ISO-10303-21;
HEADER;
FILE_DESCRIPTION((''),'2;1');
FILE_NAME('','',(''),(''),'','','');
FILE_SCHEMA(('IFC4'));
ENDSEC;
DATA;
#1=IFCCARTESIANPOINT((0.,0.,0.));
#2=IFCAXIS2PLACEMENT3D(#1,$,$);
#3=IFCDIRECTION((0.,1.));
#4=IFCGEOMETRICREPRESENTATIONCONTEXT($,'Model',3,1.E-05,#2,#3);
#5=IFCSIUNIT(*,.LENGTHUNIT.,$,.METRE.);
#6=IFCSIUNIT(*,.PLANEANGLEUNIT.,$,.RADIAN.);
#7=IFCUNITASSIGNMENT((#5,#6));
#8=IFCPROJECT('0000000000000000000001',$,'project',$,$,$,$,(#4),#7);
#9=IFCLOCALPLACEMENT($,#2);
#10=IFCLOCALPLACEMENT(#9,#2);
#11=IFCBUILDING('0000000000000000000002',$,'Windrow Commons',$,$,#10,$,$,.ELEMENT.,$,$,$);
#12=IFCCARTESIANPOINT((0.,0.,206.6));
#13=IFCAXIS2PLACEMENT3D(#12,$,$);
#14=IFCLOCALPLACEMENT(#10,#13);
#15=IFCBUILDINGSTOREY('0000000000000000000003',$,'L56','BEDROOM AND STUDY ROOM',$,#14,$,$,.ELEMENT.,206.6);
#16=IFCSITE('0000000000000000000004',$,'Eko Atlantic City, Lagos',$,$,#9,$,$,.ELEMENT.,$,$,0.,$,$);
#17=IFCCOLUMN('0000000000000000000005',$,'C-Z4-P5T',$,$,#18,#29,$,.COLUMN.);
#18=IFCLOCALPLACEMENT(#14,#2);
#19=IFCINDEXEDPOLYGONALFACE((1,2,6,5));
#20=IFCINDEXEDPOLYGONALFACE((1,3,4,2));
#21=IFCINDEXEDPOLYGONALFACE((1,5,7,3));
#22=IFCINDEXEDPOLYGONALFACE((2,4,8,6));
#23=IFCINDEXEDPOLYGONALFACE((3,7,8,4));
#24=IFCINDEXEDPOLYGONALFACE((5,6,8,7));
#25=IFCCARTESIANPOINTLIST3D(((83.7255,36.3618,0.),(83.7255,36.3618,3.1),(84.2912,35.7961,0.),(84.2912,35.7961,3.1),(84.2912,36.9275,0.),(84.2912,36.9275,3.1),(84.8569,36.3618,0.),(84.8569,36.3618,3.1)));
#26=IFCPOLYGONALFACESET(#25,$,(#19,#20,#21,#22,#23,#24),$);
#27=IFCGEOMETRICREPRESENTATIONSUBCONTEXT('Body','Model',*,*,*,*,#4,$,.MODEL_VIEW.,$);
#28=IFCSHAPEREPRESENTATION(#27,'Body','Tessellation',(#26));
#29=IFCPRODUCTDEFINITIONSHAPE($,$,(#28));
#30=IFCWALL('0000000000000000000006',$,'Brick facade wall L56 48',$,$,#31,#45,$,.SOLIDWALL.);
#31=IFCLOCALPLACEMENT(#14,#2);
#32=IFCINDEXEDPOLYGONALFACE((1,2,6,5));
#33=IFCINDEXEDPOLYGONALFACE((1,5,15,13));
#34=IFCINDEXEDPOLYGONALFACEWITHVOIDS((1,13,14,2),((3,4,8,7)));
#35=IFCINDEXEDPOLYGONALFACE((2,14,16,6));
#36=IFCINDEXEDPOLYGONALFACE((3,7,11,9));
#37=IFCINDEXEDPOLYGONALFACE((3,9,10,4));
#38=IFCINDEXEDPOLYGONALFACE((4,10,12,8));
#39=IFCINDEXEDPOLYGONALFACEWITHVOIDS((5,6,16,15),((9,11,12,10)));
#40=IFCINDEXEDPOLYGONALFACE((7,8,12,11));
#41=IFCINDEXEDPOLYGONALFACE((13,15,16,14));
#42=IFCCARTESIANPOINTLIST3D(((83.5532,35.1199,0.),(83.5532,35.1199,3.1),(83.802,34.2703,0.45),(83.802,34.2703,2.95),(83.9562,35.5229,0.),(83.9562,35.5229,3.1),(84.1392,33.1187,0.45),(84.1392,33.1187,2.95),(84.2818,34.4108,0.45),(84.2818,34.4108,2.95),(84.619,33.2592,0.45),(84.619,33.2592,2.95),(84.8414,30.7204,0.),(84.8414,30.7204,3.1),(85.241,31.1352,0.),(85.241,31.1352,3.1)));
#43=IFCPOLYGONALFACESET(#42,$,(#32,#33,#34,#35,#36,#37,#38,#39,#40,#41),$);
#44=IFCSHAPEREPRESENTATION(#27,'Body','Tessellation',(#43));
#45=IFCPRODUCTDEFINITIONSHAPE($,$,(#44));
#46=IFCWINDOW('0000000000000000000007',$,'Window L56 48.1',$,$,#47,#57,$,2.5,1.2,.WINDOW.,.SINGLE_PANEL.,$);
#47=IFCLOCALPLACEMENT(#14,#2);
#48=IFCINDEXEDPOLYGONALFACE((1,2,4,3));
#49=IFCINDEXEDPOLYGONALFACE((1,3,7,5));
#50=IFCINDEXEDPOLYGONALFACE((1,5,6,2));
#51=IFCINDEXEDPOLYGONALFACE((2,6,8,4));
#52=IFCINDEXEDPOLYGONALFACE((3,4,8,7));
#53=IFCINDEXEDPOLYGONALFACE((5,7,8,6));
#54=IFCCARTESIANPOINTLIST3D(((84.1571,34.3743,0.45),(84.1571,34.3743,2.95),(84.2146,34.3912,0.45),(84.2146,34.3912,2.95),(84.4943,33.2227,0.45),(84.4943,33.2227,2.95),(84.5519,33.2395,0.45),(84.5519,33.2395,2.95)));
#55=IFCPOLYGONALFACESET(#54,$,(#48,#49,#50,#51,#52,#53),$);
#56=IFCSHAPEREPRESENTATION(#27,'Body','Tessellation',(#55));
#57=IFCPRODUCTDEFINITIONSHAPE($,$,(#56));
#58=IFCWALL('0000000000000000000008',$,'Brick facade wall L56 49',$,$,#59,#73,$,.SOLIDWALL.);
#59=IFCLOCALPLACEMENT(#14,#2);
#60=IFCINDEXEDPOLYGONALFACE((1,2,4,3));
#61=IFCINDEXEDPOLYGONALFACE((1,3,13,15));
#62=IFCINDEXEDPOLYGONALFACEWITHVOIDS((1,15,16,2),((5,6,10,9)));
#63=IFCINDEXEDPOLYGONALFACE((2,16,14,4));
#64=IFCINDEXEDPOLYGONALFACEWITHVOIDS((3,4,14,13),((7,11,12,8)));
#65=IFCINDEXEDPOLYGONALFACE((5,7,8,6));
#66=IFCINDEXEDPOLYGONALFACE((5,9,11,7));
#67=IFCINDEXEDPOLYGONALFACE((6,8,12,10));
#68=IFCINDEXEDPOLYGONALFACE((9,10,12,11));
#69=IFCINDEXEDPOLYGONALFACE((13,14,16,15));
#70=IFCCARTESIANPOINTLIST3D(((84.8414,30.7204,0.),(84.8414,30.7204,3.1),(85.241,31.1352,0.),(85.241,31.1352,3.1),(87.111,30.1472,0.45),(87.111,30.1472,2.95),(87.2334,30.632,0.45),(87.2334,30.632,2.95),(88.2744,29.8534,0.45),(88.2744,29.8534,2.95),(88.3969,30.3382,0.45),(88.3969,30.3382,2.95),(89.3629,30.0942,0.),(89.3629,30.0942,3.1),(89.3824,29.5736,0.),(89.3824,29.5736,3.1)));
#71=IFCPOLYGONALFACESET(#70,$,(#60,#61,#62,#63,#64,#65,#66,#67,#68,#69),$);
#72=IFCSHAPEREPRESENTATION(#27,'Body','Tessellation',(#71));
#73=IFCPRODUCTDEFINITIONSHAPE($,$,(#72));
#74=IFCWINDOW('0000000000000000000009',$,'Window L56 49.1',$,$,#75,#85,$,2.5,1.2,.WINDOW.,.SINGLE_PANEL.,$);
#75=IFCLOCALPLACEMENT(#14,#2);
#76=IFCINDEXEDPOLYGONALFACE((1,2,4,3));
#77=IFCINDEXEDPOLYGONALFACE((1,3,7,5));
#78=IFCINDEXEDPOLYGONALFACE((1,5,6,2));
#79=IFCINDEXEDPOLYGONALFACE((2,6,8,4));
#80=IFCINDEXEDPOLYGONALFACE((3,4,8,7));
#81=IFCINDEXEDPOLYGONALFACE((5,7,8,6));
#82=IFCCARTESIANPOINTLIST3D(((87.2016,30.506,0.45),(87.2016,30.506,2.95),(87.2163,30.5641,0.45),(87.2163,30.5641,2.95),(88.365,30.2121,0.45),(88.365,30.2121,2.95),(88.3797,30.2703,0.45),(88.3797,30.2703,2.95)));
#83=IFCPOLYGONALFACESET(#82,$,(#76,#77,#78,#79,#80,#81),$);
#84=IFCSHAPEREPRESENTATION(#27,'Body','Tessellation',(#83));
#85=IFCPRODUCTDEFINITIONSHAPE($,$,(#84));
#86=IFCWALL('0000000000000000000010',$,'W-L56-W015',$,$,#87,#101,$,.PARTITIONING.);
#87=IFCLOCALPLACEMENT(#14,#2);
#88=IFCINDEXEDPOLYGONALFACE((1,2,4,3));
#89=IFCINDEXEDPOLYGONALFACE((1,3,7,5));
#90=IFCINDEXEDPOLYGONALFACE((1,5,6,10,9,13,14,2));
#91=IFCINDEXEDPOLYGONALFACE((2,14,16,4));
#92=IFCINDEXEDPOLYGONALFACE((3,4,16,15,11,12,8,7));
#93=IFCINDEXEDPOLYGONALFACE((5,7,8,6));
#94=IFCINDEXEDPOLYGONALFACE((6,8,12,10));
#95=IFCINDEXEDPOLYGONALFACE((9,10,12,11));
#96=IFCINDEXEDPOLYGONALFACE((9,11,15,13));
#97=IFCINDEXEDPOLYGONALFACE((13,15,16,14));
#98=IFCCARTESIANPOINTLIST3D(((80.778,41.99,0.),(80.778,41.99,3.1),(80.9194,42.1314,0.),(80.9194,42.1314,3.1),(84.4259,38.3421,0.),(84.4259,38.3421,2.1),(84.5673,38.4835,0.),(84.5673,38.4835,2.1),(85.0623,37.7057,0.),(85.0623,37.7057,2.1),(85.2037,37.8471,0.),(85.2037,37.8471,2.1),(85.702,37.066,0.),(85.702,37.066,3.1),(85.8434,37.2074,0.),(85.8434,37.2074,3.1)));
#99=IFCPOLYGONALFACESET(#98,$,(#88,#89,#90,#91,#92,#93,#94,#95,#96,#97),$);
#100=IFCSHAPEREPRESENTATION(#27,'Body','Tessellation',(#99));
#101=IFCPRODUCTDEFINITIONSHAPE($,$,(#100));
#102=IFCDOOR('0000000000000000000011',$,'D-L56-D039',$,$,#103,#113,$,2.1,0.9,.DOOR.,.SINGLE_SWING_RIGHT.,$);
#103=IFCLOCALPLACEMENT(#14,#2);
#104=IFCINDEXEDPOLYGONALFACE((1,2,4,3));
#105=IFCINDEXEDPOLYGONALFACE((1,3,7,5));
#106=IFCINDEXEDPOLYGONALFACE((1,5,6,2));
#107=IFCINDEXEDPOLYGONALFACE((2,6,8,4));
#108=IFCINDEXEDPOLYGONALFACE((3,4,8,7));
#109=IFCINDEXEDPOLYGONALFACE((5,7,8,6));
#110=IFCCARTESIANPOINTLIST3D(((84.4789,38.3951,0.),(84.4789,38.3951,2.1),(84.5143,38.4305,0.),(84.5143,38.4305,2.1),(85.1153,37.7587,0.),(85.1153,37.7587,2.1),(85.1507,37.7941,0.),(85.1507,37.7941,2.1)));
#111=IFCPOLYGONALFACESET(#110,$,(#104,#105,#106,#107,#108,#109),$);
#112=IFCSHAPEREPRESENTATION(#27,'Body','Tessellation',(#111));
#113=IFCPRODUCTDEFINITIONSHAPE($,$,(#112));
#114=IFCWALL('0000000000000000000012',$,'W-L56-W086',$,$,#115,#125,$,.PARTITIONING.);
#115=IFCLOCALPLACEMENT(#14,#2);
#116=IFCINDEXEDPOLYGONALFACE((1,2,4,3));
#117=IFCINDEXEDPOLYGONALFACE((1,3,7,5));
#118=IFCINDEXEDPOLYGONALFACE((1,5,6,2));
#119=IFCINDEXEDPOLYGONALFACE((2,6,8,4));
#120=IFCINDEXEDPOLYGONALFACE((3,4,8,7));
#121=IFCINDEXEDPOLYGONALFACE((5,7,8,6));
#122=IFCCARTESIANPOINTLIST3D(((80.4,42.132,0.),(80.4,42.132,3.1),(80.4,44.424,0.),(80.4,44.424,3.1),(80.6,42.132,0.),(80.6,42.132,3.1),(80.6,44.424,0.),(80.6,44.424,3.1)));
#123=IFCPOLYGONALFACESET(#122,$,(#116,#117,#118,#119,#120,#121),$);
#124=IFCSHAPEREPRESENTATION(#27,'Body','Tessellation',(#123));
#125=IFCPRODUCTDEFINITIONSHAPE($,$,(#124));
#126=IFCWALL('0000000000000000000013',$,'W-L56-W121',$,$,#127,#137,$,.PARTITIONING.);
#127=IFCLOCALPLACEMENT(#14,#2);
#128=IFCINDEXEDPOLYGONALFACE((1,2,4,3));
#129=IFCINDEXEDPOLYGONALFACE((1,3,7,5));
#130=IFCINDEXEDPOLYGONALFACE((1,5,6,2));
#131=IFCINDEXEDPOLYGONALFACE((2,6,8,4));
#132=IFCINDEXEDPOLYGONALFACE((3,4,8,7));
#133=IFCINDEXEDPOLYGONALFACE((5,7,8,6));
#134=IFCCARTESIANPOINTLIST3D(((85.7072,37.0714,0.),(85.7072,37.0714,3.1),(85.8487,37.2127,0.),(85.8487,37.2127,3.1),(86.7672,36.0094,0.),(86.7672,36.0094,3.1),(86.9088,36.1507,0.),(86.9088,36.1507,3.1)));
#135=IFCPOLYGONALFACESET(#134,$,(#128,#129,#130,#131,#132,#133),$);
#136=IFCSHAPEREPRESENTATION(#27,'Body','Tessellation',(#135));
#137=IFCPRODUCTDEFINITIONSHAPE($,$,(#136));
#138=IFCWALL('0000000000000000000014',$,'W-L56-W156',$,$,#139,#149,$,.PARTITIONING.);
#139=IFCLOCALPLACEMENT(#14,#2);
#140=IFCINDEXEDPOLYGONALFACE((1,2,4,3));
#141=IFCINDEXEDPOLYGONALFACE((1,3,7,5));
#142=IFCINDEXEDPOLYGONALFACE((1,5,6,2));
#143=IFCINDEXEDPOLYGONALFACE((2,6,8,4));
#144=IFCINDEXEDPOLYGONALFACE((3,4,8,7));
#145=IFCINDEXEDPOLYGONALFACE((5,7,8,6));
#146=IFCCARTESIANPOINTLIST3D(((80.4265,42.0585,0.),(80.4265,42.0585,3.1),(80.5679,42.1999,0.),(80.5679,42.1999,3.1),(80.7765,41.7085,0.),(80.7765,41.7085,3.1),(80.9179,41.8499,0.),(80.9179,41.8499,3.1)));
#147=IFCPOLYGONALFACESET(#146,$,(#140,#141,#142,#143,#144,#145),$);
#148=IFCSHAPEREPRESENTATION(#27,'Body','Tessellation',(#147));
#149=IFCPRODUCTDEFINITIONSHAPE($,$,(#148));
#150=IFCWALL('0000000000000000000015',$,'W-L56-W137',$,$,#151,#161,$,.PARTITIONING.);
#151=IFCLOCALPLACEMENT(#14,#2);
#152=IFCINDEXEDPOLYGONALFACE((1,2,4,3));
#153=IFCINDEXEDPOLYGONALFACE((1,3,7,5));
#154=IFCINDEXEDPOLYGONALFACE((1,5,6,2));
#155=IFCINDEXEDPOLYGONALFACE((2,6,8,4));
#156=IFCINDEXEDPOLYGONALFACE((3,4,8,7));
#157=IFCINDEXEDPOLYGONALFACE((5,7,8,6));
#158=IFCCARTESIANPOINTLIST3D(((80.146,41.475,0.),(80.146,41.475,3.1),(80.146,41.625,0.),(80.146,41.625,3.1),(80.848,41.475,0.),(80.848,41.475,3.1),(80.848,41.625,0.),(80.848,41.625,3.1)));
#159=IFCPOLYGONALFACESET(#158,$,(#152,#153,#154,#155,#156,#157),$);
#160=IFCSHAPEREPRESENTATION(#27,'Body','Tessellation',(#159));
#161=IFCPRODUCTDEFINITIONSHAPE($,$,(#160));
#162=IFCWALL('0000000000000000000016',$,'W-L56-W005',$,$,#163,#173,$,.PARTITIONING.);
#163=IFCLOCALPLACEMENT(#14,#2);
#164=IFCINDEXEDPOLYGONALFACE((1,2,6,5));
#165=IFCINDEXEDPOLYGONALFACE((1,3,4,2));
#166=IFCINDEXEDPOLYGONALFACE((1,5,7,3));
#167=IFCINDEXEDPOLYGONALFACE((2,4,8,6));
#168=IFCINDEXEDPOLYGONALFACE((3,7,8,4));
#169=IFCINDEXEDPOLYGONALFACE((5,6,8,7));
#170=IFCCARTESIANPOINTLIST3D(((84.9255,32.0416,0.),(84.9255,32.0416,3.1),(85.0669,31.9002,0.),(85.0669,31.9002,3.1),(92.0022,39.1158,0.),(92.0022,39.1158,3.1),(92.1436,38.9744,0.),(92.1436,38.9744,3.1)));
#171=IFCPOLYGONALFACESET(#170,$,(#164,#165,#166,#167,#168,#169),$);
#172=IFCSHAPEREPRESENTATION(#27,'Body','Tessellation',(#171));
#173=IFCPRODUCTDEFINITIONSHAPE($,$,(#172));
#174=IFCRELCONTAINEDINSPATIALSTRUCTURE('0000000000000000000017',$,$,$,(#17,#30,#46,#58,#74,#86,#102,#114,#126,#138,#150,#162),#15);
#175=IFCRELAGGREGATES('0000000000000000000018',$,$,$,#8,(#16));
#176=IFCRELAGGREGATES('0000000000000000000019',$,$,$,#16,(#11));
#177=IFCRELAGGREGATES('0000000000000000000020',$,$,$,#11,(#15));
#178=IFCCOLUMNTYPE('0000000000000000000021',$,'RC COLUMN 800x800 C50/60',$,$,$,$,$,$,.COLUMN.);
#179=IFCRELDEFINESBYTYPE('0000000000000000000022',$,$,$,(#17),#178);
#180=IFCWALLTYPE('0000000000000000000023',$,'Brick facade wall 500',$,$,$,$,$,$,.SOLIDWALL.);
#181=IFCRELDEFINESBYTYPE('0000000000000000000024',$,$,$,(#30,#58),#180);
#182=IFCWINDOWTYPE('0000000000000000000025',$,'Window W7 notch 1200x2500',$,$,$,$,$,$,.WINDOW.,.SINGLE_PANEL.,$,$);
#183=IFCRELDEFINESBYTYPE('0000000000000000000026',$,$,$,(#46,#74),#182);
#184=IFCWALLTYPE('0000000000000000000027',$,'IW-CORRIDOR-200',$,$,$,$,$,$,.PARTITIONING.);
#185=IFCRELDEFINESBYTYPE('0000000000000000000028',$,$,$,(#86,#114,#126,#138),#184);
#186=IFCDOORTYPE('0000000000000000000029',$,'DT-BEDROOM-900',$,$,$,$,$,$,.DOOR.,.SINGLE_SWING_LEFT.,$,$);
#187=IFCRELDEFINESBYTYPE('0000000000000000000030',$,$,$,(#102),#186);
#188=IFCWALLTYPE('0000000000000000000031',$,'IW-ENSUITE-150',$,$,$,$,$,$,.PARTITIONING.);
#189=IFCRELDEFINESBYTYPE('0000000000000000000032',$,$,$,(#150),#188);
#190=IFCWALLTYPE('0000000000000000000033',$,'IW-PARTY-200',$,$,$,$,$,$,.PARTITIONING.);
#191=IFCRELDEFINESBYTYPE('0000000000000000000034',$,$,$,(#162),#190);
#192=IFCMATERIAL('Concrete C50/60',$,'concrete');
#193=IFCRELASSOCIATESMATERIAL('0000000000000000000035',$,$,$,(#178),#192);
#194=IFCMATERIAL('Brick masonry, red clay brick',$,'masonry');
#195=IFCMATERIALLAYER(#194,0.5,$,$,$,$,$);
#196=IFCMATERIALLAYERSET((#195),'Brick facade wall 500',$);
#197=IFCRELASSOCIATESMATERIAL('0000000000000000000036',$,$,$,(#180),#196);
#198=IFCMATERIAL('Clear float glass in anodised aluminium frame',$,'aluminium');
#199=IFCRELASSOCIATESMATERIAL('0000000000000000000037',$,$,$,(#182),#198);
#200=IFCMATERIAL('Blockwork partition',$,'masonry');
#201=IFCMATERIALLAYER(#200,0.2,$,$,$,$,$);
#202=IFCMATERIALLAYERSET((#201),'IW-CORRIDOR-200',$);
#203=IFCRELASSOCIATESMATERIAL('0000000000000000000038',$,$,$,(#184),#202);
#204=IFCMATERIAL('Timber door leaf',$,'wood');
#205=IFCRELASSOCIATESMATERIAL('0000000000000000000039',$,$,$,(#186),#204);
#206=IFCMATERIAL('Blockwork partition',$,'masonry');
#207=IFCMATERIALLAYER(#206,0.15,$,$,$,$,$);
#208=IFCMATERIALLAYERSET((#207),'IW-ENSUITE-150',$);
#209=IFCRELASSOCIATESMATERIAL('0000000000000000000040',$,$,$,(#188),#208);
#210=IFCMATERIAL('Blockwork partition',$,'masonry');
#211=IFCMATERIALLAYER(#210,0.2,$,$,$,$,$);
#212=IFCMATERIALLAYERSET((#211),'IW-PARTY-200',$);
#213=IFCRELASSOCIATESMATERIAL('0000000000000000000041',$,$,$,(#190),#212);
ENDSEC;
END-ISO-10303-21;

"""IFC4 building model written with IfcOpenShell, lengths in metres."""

from ifc_helpers import new_model, si_unit, direction, frame, frame_2d, origin, origin_2d, place, context, subcontext, project, spatial, polyline, rectangle, outline, extrude, material, layer, layer_set, material_profile, profile_set, type_object, element, fill, save


model = new_model("IFC4")

# Units and contexts
model_context = context("Model", 3, precision=1e-05, world=origin(), true_north=direction((0.0, 1.0)))
body_context = subcontext(model_context, "Body", "Model", "MODEL_VIEW")
ifc_project = project(units=[si_unit("LENGTHUNIT", "METRE"), si_unit("PLANEANGLEUNIT", "RADIAN")], contexts=[model_context])

# Site, building, storey
site_placement = place(None, origin())
site = spatial("IfcSite", under=ifc_project, at=site_placement, Name="Eko Atlantic City, Lagos", CompositionType="ELEMENT", RefElevation=0.0)
building_placement = place(site_placement, origin())
building = spatial("IfcBuilding", under=site, at=building_placement, Name="Windrow Commons", CompositionType="ELEMENT")
storey_placement = place(building_placement, frame((0.0, 0.0, 206.6)))
storey = spatial("IfcBuildingStorey", under=building, at=storey_placement, Name="L56", Description="BEDROOM AND STUDY ROOM", CompositionType="ELEMENT", Elevation=206.6)

# Column
ifc_material_1 = material(Name="Concrete C50/60", Category="concrete")
ifc_material_profile = material_profile(ifc_material_1, rectangle(XDim=0.8, YDim=0.8, at=origin_2d()))
ifc_profile_set = profile_set([ifc_material_profile], Name="Concrete C50/60")
column_type = type_object("IfcColumnType", Name="RC COLUMN 800x800 C50/60", PredefinedType="COLUMN", material=ifc_profile_set)
column_placement = place(storey_placement, frame((84.2912, 36.3618, 0.0), z_axis=(0.0, 0.0, 1.0), x_axis=(0.707107, -0.707107, 0.0)))
element("IfcColumn", 1, at=column_placement, inside=storey, type_object=column_type, Name="C-Z4-P5T", PredefinedType="COLUMN", context=body_context, shape_type="SweptSolid", body=[
    extrude(rectangle(XDim=0.8, YDim=0.8, at=origin_2d()), origin(), (0.0, 0.0, 1.0), 3.1),
])

# Walls, openings, windows
ifc_material_2 = material(Name="Brick masonry, red clay brick", Category="masonry")
ifc_layer_1 = layer(ifc_material_2, 0.5)
ifc_layer_set_1 = layer_set([ifc_layer_1], Name="Brick facade wall 500")
wall_type_1 = type_object("IfcWallType", Name="Brick facade wall 500", PredefinedType="SOLIDWALL", material=ifc_layer_set_1)
wall_1_placement = place(storey_placement, frame((83.7547, 35.3214, 0.0), z_axis=(0.0, 0.0, 1.0), x_axis=(0.281013, -0.959704, 0.0)))
wall_1 = element("IfcWall", 2, at=wall_1_placement, inside=storey, type_object=wall_type_1, Name="Brick facade wall L56 48", PredefinedType="SOLIDWALL", context=body_context, shape_type="SweptSolid", body=[
    extrude(outline(polyline([(0.1368, -0.25), (4.721, -0.25), (4.4352, 0.25), (-0.1368, 0.25), (0.1368, -0.25)])), origin(), (0.0, 0.0, 1.0), 3.1),
])
opening_1_placement = place(wall_1_placement, frame((1.022, 0.0, 0.45)))
opening_1 = element("IfcOpeningElement", 3, at=opening_1_placement, cuts=wall_1, PredefinedType="OPENING", context=body_context, shape_type="SweptSolid", body=[
    extrude(rectangle(XDim=1.2, YDim=2.5, at=frame_2d((0.6, 1.25))), frame((0.0, 0.26, 0.0), z_axis=(0.0, -1.0, 0.0), x_axis=(1.0, 0.0, 0.0)), (0.0, 0.0, 1.0), 0.52),
])
ifc_material_3 = material(Name="Clear float glass in anodised aluminium frame", Category="aluminium")
window_type = type_object("IfcWindowType", Name="Window W7 notch 1200x2500", PartitioningType="SINGLE_PANEL", PredefinedType="WINDOW", material=ifc_material_3)
window_1_placement = place(opening_1_placement, origin())
window_1 = element("IfcWindow", 4, at=window_1_placement, inside=storey, type_object=window_type, Name="Window L56 48.1", OverallHeight=2.5, OverallWidth=1.2, PartitioningType="SINGLE_PANEL", PredefinedType="WINDOW", context=body_context, shape_type="SweptSolid", body=[
    extrude(rectangle(XDim=1.2, YDim=2.5, at=frame_2d((0.6, 1.25))), frame((0.0, 0.18, 0.0), z_axis=(0.0, -1.0, 0.0), x_axis=(1.0, 0.0, 0.0)), (0.0, 0.0, 1.0), 0.06),
])
fill(opening_1, window_1)
wall_2_placement = place(storey_placement, frame((85.0412, 30.9278, 0.0), z_axis=(0.0, 0.0, 1.0), x_axis=(0.969558, -0.244863, 0.0)))
wall_2 = element("IfcWall", 5, at=wall_2_placement, inside=storey, type_object=wall_type_1, Name="Brick facade wall L56 49", PredefinedType="SOLIDWALL", context=body_context, shape_type="SweptSolid", body=[
    extrude(outline(polyline([(-0.1429, -0.25), (4.5406, -0.25), (4.3943, 0.25), (0.1429, 0.25), (-0.1429, -0.25)])), origin(), (0.0, 0.0, 1.0), 3.1),
])
opening_2_placement = place(wall_2_placement, frame((2.1979, 0.0, 0.45)))
opening_2 = element("IfcOpeningElement", 6, at=opening_2_placement, cuts=wall_2, PredefinedType="OPENING", context=body_context, shape_type="SweptSolid", body=[
    extrude(rectangle(XDim=1.2, YDim=2.5, at=frame_2d((0.6, 1.25))), frame((0.0, 0.26, 0.0), z_axis=(0.0, -1.0, 0.0), x_axis=(1.0, 0.0, 0.0)), (0.0, 0.0, 1.0), 0.52),
])
window_2_placement = place(opening_2_placement, origin())
window_2 = element("IfcWindow", 7, at=window_2_placement, inside=storey, type_object=window_type, Name="Window L56 49.1", OverallHeight=2.5, OverallWidth=1.2, PartitioningType="SINGLE_PANEL", PredefinedType="WINDOW", context=body_context, shape_type="SweptSolid", body=[
    extrude(rectangle(XDim=1.2, YDim=2.5, at=frame_2d((0.6, 1.25))), frame((0.0, 0.18, 0.0), z_axis=(0.0, -1.0, 0.0), x_axis=(1.0, 0.0, 0.0)), (0.0, 0.0, 1.0), 0.06),
])
fill(opening_2, window_2)

# Wall, opening, door
ifc_material_4 = material(Name="Blockwork partition", Category="masonry")
ifc_layer_2 = layer(ifc_material_4, 0.2)
ifc_layer_set_2 = layer_set([ifc_layer_2], Name="IW-CORRIDOR-200")
wall_type_2 = type_object("IfcWallType", Name="IW-CORRIDOR-200", PredefinedType="PARTITIONING", material=ifc_layer_set_2)
wall_3_placement = place(storey_placement, frame((80.8487, 42.0607, 0.0), z_axis=(0.0, 0.0, 1.0), x_axis=(0.707107, -0.707107, 0.0)))
wall_3 = element("IfcWall", 8, at=wall_3_placement, inside=storey, type_object=wall_type_2, Name="W-L56-W015", PredefinedType="PARTITIONING", context=body_context, shape_type="SweptSolid", body=[
    extrude(rectangle(XDim=6.9636, YDim=0.2, at=frame_2d((3.4818, 0.0))), origin(), (0.0, 0.0, 1.0), 3.1),
])
opening_3_placement = place(wall_3_placement, frame((5.1589, 0.0, 0.0)))
opening_3 = element("IfcOpeningElement", 9, at=opening_3_placement, cuts=wall_3, PredefinedType="OPENING", context=body_context, shape_type="SweptSolid", body=[
    extrude(rectangle(XDim=0.9, YDim=2.1, at=frame_2d((0.45, 1.05))), frame((0.0, 0.11, 0.0), z_axis=(0.0, -1.0, 0.0), x_axis=(1.0, 0.0, 0.0)), (0.0, 0.0, 1.0), 0.22),
])
ifc_material_5 = material(Name="Timber door leaf", Category="wood")
door_type = type_object("IfcDoorType", Name="DT-BEDROOM-900", OperationType="SINGLE_SWING_LEFT", PredefinedType="DOOR", material=ifc_material_5)
door_placement = place(opening_3_placement, origin())
door = element("IfcDoor", 10, at=door_placement, inside=storey, type_object=door_type, Name="D-L56-D039", OperationType="SINGLE_SWING_RIGHT", OverallHeight=2.1, OverallWidth=0.9, PredefinedType="DOOR", context=body_context, shape_type="SweptSolid", body=[
    extrude(rectangle(XDim=0.9, YDim=2.1, at=frame_2d((0.45, 1.05))), frame((0.0, 0.025, 0.0), z_axis=(0.0, -1.0, 0.0), x_axis=(1.0, 0.0, 0.0)), (0.0, 0.0, 1.0), 0.05),
])
fill(opening_3, door)

# Walls
wall_4_placement = place(storey_placement, frame((80.5, 42.132, 0.0), z_axis=(0.0, 0.0, 1.0), x_axis=(0.0, 1.0, 0.0)))
element("IfcWall", 11, at=wall_4_placement, inside=storey, type_object=wall_type_2, Name="W-L56-W086", PredefinedType="PARTITIONING", context=body_context, shape_type="SweptSolid", body=[
    extrude(rectangle(XDim=2.292, YDim=0.2, at=frame_2d((1.146, 0.0))), origin(), (0.0, 0.0, 1.0), 3.1),
])
wall_5_placement = place(storey_placement, frame((85.778, 37.142, 0.0), z_axis=(0.0, 0.0, 1.0), x_axis=(0.70644, -0.707773, 0.0)))
element("IfcWall", 12, at=wall_5_placement, inside=storey, type_object=wall_type_2, Name="W-L56-W121", PredefinedType="PARTITIONING", context=body_context, shape_type="SweptSolid", body=[
    extrude(rectangle(XDim=1.5005, YDim=0.2, at=frame_2d((0.7502, 0.0))), origin(), (0.0, 0.0, 1.0), 3.1),
])
wall_6_placement = place(storey_placement, frame((80.4972, 42.1292, 0.0), z_axis=(0.0, 0.0, 1.0), x_axis=(0.707107, -0.707107, 0.0)))
element("IfcWall", 13, at=wall_6_placement, inside=storey, type_object=wall_type_2, Name="W-L56-W156", PredefinedType="PARTITIONING", context=body_context, shape_type="SweptSolid", body=[
    extrude(rectangle(XDim=0.495, YDim=0.2, at=frame_2d((0.2475, 0.0))), origin(), (0.0, 0.0, 1.0), 3.1),
])
ifc_material_6 = material(Name="Blockwork partition", Category="masonry")
ifc_layer_3 = layer(ifc_material_6, 0.15)
ifc_layer_set_3 = layer_set([ifc_layer_3], Name="IW-ENSUITE-150")
wall_type_3 = type_object("IfcWallType", Name="IW-ENSUITE-150", PredefinedType="PARTITIONING", material=ifc_layer_set_3)
wall_7_placement = place(storey_placement, frame((80.146, 41.55, 0.0), z_axis=(0.0, 0.0, 1.0), x_axis=(1.0, 0.0, 0.0)))
element("IfcWall", 14, at=wall_7_placement, inside=storey, type_object=wall_type_3, Name="W-L56-W137", PredefinedType="PARTITIONING", context=body_context, shape_type="SweptSolid", body=[
    extrude(rectangle(XDim=0.702, YDim=0.15, at=frame_2d((0.351, 0.0))), origin(), (0.0, 0.0, 1.0), 3.1),
])
ifc_material_7 = material(Name="Blockwork partition", Category="masonry")
ifc_layer_4 = layer(ifc_material_7, 0.2)
ifc_layer_set_4 = layer_set([ifc_layer_4], Name="IW-PARTY-200")
wall_type_4 = type_object("IfcWallType", Name="IW-PARTY-200", PredefinedType="PARTITIONING", material=ifc_layer_set_4)
wall_8_placement = place(storey_placement, frame((84.9962, 31.9709, 0.0), z_axis=(0.0, 0.0, 1.0), x_axis=(0.707232, 0.706982, 0.0)))
element("IfcWall", 15, at=wall_8_placement, inside=storey, type_object=wall_type_4, Name="W-L56-W005", PredefinedType="PARTITIONING", context=body_context, shape_type="SweptSolid", body=[
    extrude(rectangle(XDim=10.0062, YDim=0.2, at=frame_2d((5.0031, 0.0))), origin(), (0.0, 0.0, 1.0), 3.1),
])

save(model, "model.ifc")
